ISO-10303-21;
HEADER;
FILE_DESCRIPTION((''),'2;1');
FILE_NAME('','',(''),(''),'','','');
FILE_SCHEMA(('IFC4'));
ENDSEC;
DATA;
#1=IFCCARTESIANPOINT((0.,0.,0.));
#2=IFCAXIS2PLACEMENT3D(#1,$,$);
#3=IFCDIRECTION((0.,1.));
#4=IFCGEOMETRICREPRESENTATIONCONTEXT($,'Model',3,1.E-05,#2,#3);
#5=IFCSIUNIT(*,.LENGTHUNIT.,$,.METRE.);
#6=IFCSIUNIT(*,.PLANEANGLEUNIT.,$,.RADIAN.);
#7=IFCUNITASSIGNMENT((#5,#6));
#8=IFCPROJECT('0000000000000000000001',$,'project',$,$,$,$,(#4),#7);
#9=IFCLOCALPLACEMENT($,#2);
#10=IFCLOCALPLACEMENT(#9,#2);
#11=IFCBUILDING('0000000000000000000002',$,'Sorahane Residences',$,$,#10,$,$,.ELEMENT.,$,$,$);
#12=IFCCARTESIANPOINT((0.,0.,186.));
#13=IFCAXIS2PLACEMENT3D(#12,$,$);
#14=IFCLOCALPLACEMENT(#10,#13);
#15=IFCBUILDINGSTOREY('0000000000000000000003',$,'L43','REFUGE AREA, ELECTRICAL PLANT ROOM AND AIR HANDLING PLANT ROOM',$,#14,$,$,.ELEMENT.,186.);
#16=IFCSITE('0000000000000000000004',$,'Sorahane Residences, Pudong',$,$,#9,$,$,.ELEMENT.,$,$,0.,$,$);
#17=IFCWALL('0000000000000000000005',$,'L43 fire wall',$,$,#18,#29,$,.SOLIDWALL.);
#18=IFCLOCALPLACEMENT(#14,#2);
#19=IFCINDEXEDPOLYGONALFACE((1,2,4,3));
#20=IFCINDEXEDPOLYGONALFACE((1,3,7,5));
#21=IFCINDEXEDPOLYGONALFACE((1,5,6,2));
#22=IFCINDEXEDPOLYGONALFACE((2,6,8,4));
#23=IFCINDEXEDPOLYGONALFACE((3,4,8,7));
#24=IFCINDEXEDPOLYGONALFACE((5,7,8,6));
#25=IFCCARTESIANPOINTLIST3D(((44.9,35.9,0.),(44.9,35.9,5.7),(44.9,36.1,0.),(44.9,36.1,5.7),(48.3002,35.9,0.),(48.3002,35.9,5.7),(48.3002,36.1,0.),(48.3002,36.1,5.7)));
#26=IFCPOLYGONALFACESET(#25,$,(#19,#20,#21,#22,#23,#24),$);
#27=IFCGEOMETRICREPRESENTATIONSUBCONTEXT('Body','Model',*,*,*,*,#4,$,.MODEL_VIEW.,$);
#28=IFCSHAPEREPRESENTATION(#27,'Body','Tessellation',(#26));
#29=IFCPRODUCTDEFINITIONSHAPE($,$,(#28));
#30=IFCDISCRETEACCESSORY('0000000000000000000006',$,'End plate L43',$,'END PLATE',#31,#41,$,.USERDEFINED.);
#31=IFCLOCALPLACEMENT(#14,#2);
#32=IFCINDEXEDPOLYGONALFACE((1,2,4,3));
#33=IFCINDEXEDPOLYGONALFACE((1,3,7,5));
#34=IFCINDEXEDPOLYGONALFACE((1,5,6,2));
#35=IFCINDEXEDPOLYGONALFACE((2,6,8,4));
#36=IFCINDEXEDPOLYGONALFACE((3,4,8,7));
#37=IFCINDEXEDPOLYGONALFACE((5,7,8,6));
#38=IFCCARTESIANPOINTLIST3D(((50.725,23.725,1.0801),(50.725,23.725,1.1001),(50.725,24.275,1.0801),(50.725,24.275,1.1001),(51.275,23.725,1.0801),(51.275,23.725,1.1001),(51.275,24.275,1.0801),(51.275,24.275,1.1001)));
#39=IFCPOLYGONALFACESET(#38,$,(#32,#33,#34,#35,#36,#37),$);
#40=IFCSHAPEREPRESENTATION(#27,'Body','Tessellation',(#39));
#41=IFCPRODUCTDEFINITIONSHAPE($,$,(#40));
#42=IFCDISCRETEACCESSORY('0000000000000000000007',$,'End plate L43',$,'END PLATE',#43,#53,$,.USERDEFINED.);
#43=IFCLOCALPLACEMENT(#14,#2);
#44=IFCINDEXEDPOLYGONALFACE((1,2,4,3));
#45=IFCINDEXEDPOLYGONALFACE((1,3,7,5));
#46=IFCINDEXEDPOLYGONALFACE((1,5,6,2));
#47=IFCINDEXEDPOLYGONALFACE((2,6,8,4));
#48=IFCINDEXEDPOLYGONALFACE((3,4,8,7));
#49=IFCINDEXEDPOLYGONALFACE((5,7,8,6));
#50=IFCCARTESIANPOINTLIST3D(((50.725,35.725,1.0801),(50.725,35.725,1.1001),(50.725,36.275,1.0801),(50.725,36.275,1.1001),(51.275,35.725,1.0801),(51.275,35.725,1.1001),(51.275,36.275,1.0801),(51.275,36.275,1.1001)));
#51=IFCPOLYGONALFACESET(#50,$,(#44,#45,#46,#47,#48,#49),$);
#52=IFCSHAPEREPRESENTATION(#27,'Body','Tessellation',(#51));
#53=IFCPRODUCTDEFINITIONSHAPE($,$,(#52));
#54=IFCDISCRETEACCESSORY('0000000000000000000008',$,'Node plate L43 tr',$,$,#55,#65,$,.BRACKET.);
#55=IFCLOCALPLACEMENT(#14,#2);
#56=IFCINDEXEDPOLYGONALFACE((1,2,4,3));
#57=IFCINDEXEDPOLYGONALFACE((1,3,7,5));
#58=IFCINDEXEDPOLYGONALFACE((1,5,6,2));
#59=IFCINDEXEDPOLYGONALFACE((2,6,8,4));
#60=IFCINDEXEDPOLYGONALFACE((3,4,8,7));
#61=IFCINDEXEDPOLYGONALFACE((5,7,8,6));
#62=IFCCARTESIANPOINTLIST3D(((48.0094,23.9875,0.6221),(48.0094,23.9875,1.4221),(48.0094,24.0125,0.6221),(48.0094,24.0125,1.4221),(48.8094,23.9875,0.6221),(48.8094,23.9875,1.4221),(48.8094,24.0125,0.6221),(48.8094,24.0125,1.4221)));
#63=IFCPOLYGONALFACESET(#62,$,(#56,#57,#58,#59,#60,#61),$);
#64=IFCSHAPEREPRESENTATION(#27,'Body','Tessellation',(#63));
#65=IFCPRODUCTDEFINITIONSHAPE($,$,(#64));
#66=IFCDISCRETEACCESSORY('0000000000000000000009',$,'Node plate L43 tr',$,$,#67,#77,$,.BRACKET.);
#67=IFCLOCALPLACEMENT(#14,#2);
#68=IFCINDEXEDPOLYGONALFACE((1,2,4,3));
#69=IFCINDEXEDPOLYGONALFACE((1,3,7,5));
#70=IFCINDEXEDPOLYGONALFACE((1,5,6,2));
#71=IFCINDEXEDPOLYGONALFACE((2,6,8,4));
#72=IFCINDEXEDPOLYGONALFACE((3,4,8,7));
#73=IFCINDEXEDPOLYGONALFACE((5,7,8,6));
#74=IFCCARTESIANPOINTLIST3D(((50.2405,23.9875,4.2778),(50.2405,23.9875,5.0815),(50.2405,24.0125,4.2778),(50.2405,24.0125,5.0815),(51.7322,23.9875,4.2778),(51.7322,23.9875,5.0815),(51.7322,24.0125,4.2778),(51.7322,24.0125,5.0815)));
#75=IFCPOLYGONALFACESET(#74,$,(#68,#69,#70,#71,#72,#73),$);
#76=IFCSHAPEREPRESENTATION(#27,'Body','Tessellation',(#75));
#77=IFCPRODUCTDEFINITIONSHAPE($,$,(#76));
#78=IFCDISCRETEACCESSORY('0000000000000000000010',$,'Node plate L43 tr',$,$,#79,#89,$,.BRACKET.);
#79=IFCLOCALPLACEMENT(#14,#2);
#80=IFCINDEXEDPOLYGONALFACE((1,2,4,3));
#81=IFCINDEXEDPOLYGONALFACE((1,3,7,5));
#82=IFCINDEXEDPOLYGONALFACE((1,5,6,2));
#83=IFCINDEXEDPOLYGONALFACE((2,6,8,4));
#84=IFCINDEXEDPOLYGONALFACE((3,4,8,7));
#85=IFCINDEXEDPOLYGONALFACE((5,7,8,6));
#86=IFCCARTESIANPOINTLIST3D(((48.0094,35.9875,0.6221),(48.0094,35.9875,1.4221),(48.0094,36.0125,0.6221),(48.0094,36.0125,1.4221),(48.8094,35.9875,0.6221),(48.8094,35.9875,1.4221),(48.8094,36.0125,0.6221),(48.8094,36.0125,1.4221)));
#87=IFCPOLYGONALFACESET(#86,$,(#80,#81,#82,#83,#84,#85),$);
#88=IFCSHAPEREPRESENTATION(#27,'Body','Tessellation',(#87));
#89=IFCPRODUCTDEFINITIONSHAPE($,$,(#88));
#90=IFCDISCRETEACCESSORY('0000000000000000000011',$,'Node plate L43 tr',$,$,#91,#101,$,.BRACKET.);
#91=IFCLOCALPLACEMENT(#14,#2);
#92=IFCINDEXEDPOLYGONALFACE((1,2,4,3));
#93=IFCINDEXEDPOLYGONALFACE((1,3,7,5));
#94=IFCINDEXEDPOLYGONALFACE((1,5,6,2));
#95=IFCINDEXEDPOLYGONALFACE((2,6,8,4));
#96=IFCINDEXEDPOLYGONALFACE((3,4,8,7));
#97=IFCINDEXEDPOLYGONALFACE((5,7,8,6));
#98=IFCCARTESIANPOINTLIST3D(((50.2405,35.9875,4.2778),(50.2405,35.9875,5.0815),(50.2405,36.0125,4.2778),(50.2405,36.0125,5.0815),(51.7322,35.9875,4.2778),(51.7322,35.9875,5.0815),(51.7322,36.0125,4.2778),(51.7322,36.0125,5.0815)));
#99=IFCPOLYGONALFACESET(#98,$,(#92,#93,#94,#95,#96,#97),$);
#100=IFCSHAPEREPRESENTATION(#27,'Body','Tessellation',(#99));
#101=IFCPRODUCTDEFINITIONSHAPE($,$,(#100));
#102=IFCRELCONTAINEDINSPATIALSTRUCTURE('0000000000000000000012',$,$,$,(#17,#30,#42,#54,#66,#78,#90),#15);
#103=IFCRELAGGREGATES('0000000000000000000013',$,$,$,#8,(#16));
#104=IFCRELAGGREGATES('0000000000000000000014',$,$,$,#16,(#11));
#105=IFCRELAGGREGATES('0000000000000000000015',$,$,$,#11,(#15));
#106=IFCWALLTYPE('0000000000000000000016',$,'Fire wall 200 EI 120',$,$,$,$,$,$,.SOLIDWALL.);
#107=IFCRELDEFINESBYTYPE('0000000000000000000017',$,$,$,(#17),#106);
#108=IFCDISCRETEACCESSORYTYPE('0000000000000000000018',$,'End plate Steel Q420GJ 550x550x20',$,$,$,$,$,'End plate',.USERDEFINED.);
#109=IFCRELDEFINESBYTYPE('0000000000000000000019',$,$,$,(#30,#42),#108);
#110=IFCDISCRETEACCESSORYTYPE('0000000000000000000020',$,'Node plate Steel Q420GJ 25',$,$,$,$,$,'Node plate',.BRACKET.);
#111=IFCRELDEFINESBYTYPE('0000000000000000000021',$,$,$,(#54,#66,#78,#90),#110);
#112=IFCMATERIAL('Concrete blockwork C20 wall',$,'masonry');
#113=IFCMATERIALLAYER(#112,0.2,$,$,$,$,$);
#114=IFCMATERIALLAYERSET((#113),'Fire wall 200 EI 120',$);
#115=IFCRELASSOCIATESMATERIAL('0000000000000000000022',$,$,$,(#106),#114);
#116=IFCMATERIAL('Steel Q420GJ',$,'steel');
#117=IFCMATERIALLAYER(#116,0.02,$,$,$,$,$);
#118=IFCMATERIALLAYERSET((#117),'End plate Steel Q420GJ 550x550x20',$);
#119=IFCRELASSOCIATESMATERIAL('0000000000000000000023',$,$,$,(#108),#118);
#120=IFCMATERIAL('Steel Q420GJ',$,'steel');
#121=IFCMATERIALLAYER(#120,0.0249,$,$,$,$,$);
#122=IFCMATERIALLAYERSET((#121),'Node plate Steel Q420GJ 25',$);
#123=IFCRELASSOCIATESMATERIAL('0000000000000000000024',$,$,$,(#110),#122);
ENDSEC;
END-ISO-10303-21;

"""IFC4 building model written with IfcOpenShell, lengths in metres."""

from ifc_helpers import new_model, si_unit, direction, frame, frame_2d, origin, origin_2d, place, context, subcontext, project, spatial, rectangle, extrude, material, layer, layer_set, type_object, element, save


model = new_model("IFC4")

# Units and contexts
model_context = context("Model", 3, precision=1e-05, world=origin(), true_north=direction((0.0, 1.0)))
body_context = subcontext(model_context, "Body", "Model", "MODEL_VIEW")
ifc_project = project(units=[si_unit("LENGTHUNIT", "METRE"), si_unit("PLANEANGLEUNIT", "RADIAN")], contexts=[model_context])

# Site, building, storey
site_placement = place(None, origin())
site = spatial("IfcSite", under=ifc_project, at=site_placement, Name="Sorahane Residences, Pudong", CompositionType="ELEMENT", RefElevation=0.0)
building_placement = place(site_placement, origin())
building = spatial("IfcBuilding", under=site, at=building_placement, Name="Sorahane Residences", CompositionType="ELEMENT")
storey_placement = place(building_placement, frame((0.0, 0.0, 186.0)))
storey = spatial("IfcBuildingStorey", under=building, at=storey_placement, Name="L43", Description="REFUGE AREA, ELECTRICAL PLANT ROOM AND AIR HANDLING PLANT ROOM", CompositionType="ELEMENT", Elevation=186.0)

# Shared definitions
ifc_material_1 = material(Name="Concrete blockwork C20 wall", Category="masonry")
ifc_layer_1 = layer(ifc_material_1, 0.2)
ifc_layer_set_1 = layer_set([ifc_layer_1], Name="Fire wall 200 EI 120")
wall_type = type_object("IfcWallType", Name="Fire wall 200 EI 120", PredefinedType="SOLIDWALL", material=ifc_layer_set_1)

# Wall
wall_1_placement = place(storey_placement, frame((44.8999, 36.0, 0.0), z_axis=(0.0, 0.0, 1.0), x_axis=(1.0, 0.0, 0.0)))
element("IfcWall", 1, at=wall_1_placement, inside=storey, type_object=wall_type, Name="L43 fire wall", PredefinedType="SOLIDWALL", context=body_context, shape_type="SweptSolid", body=[
    extrude(rectangle(XDim=3.4001, YDim=0.2, at=frame_2d((1.7002, 0.0))), origin(), (0.0, 0.0, 1.0), 5.7),
])

# Discrete accessories
ifc_material_2 = material(Name="Steel Q420GJ", Category="steel")
ifc_layer_2 = layer(ifc_material_2, 0.02)
ifc_layer_set_2 = layer_set([ifc_layer_2], Name="End plate Steel Q420GJ 550x550x20")
discrete_accessory_type_1 = type_object("IfcDiscreteAccessoryType", Name="End plate Steel Q420GJ 550x550x20", ElementType="End plate", PredefinedType="USERDEFINED", material=ifc_layer_set_2)
for number, where, z_axis, x_axis, name in (
    (2, (51.0, 24.0, 1.0801), (0.0, 0.0, 1.0), (1.0, 0.0, 0.0), "End plate L43"),
    (3, (51.0, 36.0, 1.0801), (0.0, 0.0, 1.0), (1.0, 0.0, 0.0), "End plate L43"),
):
    element("IfcDiscreteAccessory", number, at=place(storey_placement, frame(where, z_axis=z_axis, x_axis=x_axis)), inside=storey, type_object=discrete_accessory_type_1, Name=name, ObjectType="END PLATE", PredefinedType="USERDEFINED", context=body_context, shape_type="SweptSolid", body=[
        extrude(rectangle(XDim=0.55, YDim=0.55, at=origin_2d()), origin(), (0.0, 0.0, 1.0), 0.02),
    ])
ifc_material_3 = material(Name="Steel Q420GJ", Category="steel")
ifc_layer_3 = layer(ifc_material_3, 0.0249)
ifc_layer_set_3 = layer_set([ifc_layer_3], Name="Node plate Steel Q420GJ 25")
discrete_accessory_type_2 = type_object("IfcDiscreteAccessoryType", Name="Node plate Steel Q420GJ 25", ElementType="Node plate", PredefinedType="BRACKET", material=ifc_layer_set_3)
discrete_accessory_1_placement = place(storey_placement, frame((48.4094, 24.0, 0.6221), z_axis=(0.0, 0.0, 1.0), x_axis=(1.0, 0.0, 0.0)))
element("IfcDiscreteAccessory", 4, at=discrete_accessory_1_placement, inside=storey, type_object=discrete_accessory_type_2, Name="Node plate L43 tr", PredefinedType="BRACKET", context=body_context, shape_type="SweptSolid", body=[
    extrude(rectangle(XDim=0.8, YDim=0.0249, at=origin_2d()), origin(), (0.0, 0.0, 1.0), 0.8),
])
discrete_accessory_2_placement = place(storey_placement, frame((50.9863, 24.0, 4.2778), z_axis=(0.0, 0.0, 1.0), x_axis=(1.0, 0.0, 0.0)))
element("IfcDiscreteAccessory", 5, at=discrete_accessory_2_placement, inside=storey, type_object=discrete_accessory_type_2, Name="Node plate L43 tr", PredefinedType="BRACKET", context=body_context, shape_type="SweptSolid", body=[
    extrude(rectangle(XDim=1.4917, YDim=0.0249, at=origin_2d()), origin(), (0.0, 0.0, 1.0), 0.8037),
])
discrete_accessory_3_placement = place(storey_placement, frame((48.4094, 36.0, 0.6221), z_axis=(0.0, 0.0, 1.0), x_axis=(1.0, 0.0, 0.0)))
element("IfcDiscreteAccessory", 6, at=discrete_accessory_3_placement, inside=storey, type_object=discrete_accessory_type_2, Name="Node plate L43 tr", PredefinedType="BRACKET", context=body_context, shape_type="SweptSolid", body=[
    extrude(rectangle(XDim=0.8, YDim=0.0249, at=origin_2d()), origin(), (0.0, 0.0, 1.0), 0.8),
])
discrete_accessory_4_placement = place(storey_placement, frame((50.9863, 36.0, 4.2778), z_axis=(0.0, 0.0, 1.0), x_axis=(1.0, 0.0, 0.0)))
element("IfcDiscreteAccessory", 7, at=discrete_accessory_4_placement, inside=storey, type_object=discrete_accessory_type_2, Name="Node plate L43 tr", PredefinedType="BRACKET", context=body_context, shape_type="SweptSolid", body=[
    extrude(rectangle(XDim=1.4917, YDim=0.0249, at=origin_2d()), origin(), (0.0, 0.0, 1.0), 0.8037),
])

save(model, "model.ifc")
